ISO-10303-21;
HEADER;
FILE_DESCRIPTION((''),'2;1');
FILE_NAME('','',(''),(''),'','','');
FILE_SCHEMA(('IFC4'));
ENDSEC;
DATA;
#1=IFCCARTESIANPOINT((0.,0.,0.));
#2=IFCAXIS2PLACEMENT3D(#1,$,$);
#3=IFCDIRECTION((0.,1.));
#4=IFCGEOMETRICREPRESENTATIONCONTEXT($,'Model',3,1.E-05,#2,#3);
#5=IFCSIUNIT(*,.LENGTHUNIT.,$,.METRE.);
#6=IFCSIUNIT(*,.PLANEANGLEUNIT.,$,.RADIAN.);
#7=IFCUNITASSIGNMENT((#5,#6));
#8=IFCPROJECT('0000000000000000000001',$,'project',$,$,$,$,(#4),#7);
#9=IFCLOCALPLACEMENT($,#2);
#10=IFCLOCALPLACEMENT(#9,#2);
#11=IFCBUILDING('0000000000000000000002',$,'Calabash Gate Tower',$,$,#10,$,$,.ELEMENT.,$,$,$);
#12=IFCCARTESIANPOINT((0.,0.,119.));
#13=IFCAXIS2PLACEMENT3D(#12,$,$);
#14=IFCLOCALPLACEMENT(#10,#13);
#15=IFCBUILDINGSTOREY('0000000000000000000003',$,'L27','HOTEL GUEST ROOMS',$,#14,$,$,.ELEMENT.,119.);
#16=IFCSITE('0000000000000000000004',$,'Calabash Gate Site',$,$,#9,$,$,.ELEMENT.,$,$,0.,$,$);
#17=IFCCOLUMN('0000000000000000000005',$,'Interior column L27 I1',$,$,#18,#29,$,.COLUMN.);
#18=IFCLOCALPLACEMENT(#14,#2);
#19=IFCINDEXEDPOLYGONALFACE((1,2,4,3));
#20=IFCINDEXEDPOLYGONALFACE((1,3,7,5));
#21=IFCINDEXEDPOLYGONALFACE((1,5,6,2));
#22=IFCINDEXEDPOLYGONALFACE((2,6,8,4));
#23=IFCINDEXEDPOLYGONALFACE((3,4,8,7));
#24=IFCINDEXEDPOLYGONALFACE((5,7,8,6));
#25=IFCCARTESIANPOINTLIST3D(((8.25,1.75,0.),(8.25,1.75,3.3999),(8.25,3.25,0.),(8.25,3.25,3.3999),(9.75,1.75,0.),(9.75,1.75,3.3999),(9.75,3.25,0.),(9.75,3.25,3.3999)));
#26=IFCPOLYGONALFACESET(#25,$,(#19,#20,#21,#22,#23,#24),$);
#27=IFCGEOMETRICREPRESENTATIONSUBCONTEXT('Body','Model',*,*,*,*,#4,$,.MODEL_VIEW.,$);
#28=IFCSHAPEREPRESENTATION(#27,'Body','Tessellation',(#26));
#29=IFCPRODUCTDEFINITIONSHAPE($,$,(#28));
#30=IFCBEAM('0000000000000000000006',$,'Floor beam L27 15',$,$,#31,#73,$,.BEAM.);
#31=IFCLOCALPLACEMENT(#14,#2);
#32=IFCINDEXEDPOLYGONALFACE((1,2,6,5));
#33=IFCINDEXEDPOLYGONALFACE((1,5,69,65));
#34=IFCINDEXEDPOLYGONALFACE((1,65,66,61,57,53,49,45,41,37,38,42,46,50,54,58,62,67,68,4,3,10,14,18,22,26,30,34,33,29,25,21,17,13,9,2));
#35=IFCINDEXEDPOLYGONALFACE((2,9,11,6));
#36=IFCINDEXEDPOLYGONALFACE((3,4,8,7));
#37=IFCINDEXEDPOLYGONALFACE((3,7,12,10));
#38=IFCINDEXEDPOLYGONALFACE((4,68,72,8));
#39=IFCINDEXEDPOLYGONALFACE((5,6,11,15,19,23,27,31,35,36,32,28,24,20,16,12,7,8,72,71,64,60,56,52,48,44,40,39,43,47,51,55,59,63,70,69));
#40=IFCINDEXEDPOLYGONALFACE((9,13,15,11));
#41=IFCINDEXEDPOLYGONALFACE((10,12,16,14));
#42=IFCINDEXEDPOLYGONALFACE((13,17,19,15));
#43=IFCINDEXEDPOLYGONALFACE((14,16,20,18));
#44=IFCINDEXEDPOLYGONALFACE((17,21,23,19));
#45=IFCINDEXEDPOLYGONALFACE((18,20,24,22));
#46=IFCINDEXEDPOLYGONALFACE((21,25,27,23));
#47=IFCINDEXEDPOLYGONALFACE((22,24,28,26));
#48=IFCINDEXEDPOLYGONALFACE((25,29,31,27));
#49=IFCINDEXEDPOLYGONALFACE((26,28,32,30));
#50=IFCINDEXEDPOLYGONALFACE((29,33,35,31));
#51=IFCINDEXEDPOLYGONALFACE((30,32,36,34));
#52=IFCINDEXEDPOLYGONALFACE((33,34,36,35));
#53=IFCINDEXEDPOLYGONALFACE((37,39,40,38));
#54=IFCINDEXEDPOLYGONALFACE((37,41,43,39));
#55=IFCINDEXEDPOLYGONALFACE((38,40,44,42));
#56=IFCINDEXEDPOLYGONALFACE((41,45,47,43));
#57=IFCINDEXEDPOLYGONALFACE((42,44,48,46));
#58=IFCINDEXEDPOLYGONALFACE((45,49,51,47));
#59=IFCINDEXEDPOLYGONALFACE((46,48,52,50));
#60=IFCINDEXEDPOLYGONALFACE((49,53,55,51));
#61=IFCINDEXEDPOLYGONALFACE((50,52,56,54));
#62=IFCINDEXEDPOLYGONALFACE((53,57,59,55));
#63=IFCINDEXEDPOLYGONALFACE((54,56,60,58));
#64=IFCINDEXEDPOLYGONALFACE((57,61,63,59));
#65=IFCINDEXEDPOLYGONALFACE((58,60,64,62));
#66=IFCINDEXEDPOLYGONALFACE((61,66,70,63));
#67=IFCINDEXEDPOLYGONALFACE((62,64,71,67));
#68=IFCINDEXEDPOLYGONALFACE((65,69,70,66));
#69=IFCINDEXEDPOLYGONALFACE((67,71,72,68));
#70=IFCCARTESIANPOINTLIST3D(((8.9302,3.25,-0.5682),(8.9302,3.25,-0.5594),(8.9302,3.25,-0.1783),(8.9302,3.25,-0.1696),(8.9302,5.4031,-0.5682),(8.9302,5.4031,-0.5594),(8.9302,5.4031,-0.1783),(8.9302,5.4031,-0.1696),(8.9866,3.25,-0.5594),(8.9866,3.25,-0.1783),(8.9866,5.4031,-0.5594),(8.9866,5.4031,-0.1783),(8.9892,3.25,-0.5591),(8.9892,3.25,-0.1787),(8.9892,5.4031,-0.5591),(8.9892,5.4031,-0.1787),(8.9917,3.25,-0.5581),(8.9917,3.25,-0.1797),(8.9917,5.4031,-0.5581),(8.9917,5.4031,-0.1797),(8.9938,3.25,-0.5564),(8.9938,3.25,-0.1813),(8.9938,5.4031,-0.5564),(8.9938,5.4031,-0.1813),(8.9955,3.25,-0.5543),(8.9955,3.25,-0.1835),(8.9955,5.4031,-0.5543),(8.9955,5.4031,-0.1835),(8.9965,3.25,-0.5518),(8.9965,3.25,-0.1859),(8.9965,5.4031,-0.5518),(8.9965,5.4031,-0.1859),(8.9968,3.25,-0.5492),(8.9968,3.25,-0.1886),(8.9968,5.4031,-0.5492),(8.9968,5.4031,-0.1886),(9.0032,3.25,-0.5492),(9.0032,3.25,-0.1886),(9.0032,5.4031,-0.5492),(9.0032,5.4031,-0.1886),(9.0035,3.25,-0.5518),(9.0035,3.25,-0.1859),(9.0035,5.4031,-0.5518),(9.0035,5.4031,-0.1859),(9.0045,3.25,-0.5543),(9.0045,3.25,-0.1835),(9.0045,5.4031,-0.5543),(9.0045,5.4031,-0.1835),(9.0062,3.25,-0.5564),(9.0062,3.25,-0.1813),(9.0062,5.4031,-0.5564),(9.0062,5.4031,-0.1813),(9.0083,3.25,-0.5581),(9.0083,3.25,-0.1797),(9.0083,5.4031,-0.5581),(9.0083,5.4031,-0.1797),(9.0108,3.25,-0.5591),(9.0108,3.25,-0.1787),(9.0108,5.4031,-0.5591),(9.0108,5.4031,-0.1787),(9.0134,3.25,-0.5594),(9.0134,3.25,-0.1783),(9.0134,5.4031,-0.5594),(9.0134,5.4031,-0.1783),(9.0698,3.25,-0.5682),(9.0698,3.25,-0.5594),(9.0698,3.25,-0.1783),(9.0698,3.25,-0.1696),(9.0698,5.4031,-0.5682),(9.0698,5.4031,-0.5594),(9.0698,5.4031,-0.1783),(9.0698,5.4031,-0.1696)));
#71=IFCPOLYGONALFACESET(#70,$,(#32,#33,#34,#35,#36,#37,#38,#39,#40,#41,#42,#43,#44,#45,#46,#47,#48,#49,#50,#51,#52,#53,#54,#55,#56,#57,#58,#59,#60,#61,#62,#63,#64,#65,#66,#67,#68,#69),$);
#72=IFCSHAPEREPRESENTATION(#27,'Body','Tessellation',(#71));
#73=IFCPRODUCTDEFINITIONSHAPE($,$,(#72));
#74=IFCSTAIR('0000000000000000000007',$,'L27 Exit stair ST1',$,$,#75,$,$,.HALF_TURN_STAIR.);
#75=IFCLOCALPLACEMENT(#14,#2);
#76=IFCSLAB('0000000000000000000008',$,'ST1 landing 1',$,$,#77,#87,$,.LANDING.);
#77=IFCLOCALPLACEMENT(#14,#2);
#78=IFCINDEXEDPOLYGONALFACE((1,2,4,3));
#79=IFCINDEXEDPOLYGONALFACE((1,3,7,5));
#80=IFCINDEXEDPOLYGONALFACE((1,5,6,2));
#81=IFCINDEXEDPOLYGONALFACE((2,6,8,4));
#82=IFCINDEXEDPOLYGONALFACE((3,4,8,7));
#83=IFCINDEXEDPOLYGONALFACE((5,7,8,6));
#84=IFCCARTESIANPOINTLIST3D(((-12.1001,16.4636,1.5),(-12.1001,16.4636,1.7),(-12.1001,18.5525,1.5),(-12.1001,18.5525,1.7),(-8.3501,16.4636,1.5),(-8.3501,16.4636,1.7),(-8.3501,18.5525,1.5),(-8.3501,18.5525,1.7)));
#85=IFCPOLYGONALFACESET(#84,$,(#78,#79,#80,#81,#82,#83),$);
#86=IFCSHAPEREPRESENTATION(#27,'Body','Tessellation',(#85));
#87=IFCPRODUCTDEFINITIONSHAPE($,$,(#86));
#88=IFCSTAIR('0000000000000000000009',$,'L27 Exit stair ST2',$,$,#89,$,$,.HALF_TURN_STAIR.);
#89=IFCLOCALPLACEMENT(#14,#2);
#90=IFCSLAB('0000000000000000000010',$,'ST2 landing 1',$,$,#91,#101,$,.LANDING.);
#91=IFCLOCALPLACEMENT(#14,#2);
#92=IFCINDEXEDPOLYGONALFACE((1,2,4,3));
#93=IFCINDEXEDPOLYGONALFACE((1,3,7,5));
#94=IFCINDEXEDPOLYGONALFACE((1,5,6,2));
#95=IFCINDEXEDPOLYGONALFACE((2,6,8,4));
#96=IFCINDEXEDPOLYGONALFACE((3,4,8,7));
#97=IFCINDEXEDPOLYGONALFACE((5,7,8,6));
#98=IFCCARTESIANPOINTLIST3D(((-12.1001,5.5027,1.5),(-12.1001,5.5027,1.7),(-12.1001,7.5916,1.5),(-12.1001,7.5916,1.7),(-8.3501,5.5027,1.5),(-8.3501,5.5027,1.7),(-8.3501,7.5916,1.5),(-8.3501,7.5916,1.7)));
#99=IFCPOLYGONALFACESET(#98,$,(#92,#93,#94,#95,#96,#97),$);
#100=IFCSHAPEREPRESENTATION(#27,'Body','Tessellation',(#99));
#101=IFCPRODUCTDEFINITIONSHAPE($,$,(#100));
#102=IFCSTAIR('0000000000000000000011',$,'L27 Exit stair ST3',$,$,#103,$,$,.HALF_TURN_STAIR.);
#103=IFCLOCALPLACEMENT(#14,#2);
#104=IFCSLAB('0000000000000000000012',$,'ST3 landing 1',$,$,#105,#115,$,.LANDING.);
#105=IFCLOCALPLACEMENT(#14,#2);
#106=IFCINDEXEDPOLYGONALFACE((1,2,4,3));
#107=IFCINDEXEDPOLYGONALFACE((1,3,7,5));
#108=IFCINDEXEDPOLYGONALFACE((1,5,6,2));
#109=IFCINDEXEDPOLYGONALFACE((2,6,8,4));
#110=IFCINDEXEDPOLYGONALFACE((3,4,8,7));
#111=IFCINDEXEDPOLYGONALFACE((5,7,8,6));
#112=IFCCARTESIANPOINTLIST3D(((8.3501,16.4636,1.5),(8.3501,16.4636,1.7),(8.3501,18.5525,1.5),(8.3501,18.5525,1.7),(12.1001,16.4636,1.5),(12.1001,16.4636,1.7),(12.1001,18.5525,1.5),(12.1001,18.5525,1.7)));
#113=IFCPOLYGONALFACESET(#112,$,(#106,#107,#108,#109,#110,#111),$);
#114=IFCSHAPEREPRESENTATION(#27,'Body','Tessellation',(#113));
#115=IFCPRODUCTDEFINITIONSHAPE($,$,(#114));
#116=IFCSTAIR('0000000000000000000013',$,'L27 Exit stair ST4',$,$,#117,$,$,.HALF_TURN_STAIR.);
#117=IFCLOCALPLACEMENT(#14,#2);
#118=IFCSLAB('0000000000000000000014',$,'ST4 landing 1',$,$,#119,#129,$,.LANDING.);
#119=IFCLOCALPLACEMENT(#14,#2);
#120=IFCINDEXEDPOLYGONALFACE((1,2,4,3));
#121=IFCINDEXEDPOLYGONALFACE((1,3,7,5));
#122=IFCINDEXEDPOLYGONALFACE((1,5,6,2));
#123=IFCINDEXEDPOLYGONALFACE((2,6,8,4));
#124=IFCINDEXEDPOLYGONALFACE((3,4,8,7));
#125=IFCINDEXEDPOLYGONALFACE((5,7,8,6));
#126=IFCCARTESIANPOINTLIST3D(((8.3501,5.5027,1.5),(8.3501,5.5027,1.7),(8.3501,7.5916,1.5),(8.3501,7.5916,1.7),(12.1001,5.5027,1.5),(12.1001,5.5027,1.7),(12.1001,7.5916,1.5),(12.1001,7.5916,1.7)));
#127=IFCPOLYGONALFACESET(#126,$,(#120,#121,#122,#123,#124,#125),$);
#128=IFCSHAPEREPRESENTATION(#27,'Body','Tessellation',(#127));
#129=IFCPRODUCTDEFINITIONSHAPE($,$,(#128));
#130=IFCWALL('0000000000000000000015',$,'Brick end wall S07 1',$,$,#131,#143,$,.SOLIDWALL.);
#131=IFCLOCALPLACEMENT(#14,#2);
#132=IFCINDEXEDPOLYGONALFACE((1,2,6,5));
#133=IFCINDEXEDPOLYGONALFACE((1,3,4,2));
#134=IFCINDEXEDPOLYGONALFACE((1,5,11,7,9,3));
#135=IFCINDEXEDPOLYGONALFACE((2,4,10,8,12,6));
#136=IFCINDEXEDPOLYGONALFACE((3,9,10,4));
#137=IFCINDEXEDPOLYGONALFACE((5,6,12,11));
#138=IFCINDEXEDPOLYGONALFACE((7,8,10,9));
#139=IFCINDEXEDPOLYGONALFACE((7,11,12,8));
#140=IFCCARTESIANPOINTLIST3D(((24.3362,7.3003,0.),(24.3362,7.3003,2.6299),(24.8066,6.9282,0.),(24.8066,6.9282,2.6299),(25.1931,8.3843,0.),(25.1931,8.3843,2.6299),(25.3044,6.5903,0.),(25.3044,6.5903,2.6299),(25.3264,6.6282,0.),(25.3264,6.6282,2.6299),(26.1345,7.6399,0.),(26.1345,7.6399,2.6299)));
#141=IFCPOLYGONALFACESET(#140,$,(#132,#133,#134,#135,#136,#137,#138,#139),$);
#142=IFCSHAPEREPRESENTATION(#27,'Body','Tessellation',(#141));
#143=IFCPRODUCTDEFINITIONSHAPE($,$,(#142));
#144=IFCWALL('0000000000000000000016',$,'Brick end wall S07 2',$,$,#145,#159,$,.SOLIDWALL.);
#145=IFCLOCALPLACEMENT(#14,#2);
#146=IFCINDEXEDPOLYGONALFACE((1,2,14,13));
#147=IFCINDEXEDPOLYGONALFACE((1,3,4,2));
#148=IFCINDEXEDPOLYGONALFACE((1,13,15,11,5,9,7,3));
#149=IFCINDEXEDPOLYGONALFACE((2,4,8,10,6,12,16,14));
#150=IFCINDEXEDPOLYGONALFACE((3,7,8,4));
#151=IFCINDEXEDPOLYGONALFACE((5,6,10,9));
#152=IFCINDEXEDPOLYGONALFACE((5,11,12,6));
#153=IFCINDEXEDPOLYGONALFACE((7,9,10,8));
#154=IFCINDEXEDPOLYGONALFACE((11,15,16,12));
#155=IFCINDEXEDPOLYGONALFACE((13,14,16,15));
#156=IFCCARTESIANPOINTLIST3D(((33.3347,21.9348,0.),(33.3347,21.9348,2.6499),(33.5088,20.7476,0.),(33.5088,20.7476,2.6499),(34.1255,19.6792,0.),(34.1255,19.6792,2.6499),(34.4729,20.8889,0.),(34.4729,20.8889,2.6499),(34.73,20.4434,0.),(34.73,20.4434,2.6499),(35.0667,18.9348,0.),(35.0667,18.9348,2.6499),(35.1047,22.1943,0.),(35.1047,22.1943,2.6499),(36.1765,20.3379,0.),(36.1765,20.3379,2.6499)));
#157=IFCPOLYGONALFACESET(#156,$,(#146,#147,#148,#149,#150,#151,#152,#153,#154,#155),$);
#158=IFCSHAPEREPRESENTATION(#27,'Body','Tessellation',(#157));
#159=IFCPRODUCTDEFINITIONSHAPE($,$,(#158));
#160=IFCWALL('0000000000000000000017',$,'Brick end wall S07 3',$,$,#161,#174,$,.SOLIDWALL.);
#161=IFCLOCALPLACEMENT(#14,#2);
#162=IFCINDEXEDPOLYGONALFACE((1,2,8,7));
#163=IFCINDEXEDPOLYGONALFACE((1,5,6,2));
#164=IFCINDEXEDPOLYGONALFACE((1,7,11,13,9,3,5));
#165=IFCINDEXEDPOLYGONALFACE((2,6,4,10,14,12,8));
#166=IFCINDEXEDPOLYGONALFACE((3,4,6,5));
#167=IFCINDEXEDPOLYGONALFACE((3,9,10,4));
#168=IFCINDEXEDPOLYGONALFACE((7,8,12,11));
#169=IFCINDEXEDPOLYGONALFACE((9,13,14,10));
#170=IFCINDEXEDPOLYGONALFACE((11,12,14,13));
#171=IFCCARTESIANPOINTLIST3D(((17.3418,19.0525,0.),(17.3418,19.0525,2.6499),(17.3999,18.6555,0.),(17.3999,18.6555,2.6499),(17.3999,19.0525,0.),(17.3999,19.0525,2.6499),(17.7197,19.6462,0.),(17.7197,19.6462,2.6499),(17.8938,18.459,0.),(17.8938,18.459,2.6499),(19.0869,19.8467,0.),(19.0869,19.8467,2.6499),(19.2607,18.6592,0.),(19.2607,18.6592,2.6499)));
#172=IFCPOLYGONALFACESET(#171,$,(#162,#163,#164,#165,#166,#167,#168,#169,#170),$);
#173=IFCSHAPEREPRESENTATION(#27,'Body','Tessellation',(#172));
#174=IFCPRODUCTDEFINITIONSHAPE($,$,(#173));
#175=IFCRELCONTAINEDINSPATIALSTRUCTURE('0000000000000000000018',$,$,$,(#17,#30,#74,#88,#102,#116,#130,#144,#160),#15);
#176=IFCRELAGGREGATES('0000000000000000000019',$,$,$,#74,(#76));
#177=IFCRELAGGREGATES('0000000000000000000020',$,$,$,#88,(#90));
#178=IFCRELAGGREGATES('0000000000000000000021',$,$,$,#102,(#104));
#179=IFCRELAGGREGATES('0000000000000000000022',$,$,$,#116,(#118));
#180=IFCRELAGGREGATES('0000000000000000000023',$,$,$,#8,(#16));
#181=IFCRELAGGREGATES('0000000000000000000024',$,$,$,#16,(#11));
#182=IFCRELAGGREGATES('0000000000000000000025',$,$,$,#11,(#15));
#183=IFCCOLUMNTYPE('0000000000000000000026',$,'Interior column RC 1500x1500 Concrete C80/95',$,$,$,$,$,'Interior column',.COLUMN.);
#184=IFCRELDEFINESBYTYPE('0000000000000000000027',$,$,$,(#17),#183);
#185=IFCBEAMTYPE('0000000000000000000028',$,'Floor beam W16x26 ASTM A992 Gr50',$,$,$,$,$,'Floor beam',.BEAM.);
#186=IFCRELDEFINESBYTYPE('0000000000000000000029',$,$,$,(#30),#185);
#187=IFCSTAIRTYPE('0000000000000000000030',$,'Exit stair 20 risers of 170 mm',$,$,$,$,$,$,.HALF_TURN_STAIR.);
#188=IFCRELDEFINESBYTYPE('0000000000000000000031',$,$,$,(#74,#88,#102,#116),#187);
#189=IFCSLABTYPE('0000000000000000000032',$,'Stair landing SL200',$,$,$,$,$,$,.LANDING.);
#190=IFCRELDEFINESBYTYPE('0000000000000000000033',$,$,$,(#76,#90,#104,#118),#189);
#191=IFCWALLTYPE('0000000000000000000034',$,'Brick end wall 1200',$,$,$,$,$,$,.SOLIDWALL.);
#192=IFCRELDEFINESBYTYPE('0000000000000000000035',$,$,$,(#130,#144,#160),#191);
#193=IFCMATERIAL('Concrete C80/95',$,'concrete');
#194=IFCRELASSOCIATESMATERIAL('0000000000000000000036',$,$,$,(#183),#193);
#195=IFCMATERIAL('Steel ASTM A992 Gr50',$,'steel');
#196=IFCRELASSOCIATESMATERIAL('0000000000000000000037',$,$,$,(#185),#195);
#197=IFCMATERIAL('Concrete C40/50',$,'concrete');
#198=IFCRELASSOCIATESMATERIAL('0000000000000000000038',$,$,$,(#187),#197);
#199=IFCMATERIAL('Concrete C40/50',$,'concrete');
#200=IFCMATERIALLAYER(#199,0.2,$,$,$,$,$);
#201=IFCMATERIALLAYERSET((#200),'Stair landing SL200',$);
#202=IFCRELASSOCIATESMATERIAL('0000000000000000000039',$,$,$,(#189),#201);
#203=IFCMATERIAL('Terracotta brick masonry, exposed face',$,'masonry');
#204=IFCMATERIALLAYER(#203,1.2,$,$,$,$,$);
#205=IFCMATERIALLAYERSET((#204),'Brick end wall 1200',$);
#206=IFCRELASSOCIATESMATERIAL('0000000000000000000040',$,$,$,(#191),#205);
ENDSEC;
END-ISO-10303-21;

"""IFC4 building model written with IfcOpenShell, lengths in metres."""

from ifc_helpers import new_model, si_unit, direction, frame, origin, origin_2d, place, context, subcontext, project, spatial, polyline, rectangle, i_section, outline, extrude, material, layer, layer_set, material_profile, profile_set, type_object, element, aggregate, save


model = new_model("IFC4")

# Units and contexts
model_context = context("Model", 3, precision=1e-05, world=origin(), true_north=direction((0.0, 1.0)))
body_context = subcontext(model_context, "Body", "Model", "MODEL_VIEW")
ifc_project = project(units=[si_unit("LENGTHUNIT", "METRE"), si_unit("PLANEANGLEUNIT", "RADIAN")], contexts=[model_context])

# Site, building, storey
site_placement = place(None, origin())
site = spatial("IfcSite", under=ifc_project, at=site_placement, Name="Calabash Gate Site", CompositionType="ELEMENT", RefElevation=0.0)
building_placement = place(site_placement, origin())
building = spatial("IfcBuilding", under=site, at=building_placement, Name="Calabash Gate Tower", CompositionType="ELEMENT")
storey_placement = place(building_placement, frame((0.0, 0.0, 119.0)))
storey = spatial("IfcBuildingStorey", under=building, at=storey_placement, Name="L27", Description="HOTEL GUEST ROOMS", CompositionType="ELEMENT", Elevation=119.0)

# Column
ifc_material_1 = material(Name="Concrete C80/95", Category="concrete")
ifc_material_profile_1 = material_profile(ifc_material_1, rectangle(XDim=1.5, YDim=1.5, at=origin_2d()))
ifc_profile_set_1 = profile_set([ifc_material_profile_1], Name="Concrete C80/95")
column_type = type_object("IfcColumnType", Name="Interior column RC 1500x1500 Concrete C80/95", ElementType="Interior column", PredefinedType="COLUMN", material=ifc_profile_set_1)
column_placement = place(storey_placement, frame((9.0, 2.5, 0.0), z_axis=(0.0, 0.0, 1.0), x_axis=(1.0, 0.0, 0.0)))
element("IfcColumn", 1, at=column_placement, inside=storey, type_object=column_type, Name="Interior column L27 I1", PredefinedType="COLUMN", context=body_context, shape_type="SweptSolid", body=[
    extrude(rectangle(XDim=1.5, YDim=1.5, at=origin_2d()), origin(), (0.0, 0.0, 1.0), 3.3999),
])

# Beam
ifc_material_2 = material(Name="Steel ASTM A992 Gr50", Category="steel")
ifc_material_profile_2 = material_profile(ifc_material_2, i_section(OverallWidth=0.1396, OverallDepth=0.3987, WebThickness=0.0063, FlangeThickness=0.0088, FilletRadius=0.0103, at=origin_2d()))
ifc_profile_set_2 = profile_set([ifc_material_profile_2], Name="Steel ASTM A992 Gr50")
beam_type = type_object("IfcBeamType", Name="Floor beam W16x26 ASTM A992 Gr50", ElementType="Floor beam", PredefinedType="BEAM", material=ifc_profile_set_2)
beam_placement = place(storey_placement, frame((9.0, 3.25, -0.3689), z_axis=(0.0, 1.0, 0.0), x_axis=(-1.0, 0.0, 0.0)))
element("IfcBeam", 2, at=beam_placement, inside=storey, type_object=beam_type, Name="Floor beam L27 15", PredefinedType="BEAM", context=body_context, shape_type="SweptSolid", body=[
    extrude(i_section(OverallWidth=0.1396, OverallDepth=0.3987, WebThickness=0.0063, FlangeThickness=0.0088, FilletRadius=0.0103, at=origin_2d()), origin(), (0.0, 0.0, 1.0), 2.1531),
])

# Stairs, slabs
ifc_material_3 = material(Name="Concrete C40/50", Category="concrete")
stair_type = type_object("IfcStairType", Name="Exit stair 20 risers of 170 mm", PredefinedType="HALF_TURN_STAIR", material=ifc_material_3)
stair_1_placement = place(storey_placement, origin())
stair_1 = element("IfcStair", 3, at=stair_1_placement, inside=storey, type_object=stair_type, Name="L27 Exit stair ST1", PredefinedType="HALF_TURN_STAIR")
ifc_material_4 = material(Name="Concrete C40/50", Category="concrete")
ifc_layer_1 = layer(ifc_material_4, 0.2)
ifc_layer_set_1 = layer_set([ifc_layer_1], Name="Stair landing SL200")
slab_type = type_object("IfcSlabType", Name="Stair landing SL200", PredefinedType="LANDING", material=ifc_layer_set_1)
slab_1_placement = place(storey_placement, frame((0.0, 0.0, 1.5)))
slab_1 = element("IfcSlab", 4, at=slab_1_placement, type_object=slab_type, Name="ST1 landing 1", PredefinedType="LANDING", context=body_context, shape_type="SweptSolid", body=[
    extrude(outline(polyline([(-8.3501, 16.4636), (-8.3501, 18.5525), (-12.1001, 18.5525), (-12.1001, 16.4636), (-8.3501, 16.4636)])), origin(), (0.0, 0.0, 1.0), 0.2),
])
aggregate(stair_1, [slab_1])
stair_2_placement = place(storey_placement, origin())
stair_2 = element("IfcStair", 5, at=stair_2_placement, inside=storey, type_object=stair_type, Name="L27 Exit stair ST2", PredefinedType="HALF_TURN_STAIR")
slab_2_placement = place(storey_placement, frame((0.0, 0.0, 1.5)))
slab_2 = element("IfcSlab", 6, at=slab_2_placement, type_object=slab_type, Name="ST2 landing 1", PredefinedType="LANDING", context=body_context, shape_type="SweptSolid", body=[
    extrude(outline(polyline([(-12.1001, 7.5916), (-12.1001, 5.5027), (-8.3501, 5.5027), (-8.3501, 7.5916), (-12.1001, 7.5916)])), origin(), (0.0, 0.0, 1.0), 0.2),
])
aggregate(stair_2, [slab_2])
stair_3_placement = place(storey_placement, origin())
stair_3 = element("IfcStair", 7, at=stair_3_placement, inside=storey, type_object=stair_type, Name="L27 Exit stair ST3", PredefinedType="HALF_TURN_STAIR")
slab_3_placement = place(storey_placement, frame((0.0, 0.0, 1.5)))
slab_3 = element("IfcSlab", 8, at=slab_3_placement, type_object=slab_type, Name="ST3 landing 1", PredefinedType="LANDING", context=body_context, shape_type="SweptSolid", body=[
    extrude(outline(polyline([(12.1001, 16.4636), (12.1001, 18.5525), (8.3501, 18.5525), (8.3501, 16.4636), (12.1001, 16.4636)])), origin(), (0.0, 0.0, 1.0), 0.2),
])
aggregate(stair_3, [slab_3])
stair_4_placement = place(storey_placement, origin())
stair_4 = element("IfcStair", 9, at=stair_4_placement, inside=storey, type_object=stair_type, Name="L27 Exit stair ST4", PredefinedType="HALF_TURN_STAIR")
slab_4_placement = place(storey_placement, frame((0.0, 0.0, 1.5)))
slab_4 = element("IfcSlab", 10, at=slab_4_placement, type_object=slab_type, Name="ST4 landing 1", PredefinedType="LANDING", context=body_context, shape_type="SweptSolid", body=[
    extrude(outline(polyline([(8.3501, 7.5916), (8.3501, 5.5027), (12.1001, 5.5027), (12.1001, 7.5916), (8.3501, 7.5916)])), origin(), (0.0, 0.0, 1.0), 0.2),
])
aggregate(stair_4, [slab_4])

# Walls
ifc_material_5 = material(Name="Terracotta brick masonry, exposed face", Category="masonry")
ifc_layer_2 = layer(ifc_material_5, 1.2)
ifc_layer_set_2 = layer_set([ifc_layer_2], Name="Brick end wall 1200")
wall_type_1 = type_object("IfcWallType", Name="Brick end wall 1200", PredefinedType="SOLIDWALL", material=ifc_layer_set_2)
wall_1_placement = place(storey_placement, origin())
element("IfcWall", 11, at=wall_1_placement, inside=storey, type_object=wall_type_1, Name="Brick end wall S07 1", PredefinedType="SOLIDWALL", context=body_context, shape_type="SweptSolid", body=[
    extrude(outline(polyline([(25.1931, 8.3843), (24.3362, 7.3003), (24.8066, 6.9282), (25.3264, 6.6282), (25.3044, 6.5903), (26.1345, 7.6399), (25.1931, 8.3843)])), origin(), (0.0, 0.0, 1.0), 2.6299),
])
wall_2_placement = place(storey_placement, origin())
element("IfcWall", 12, at=wall_2_placement, inside=storey, type_object=wall_type_1, Name="Brick end wall S07 2", PredefinedType="SOLIDWALL", context=body_context, shape_type="SweptSolid", body=[
    extrude(outline(polyline([(35.0667, 18.9348), (36.1765, 20.3379), (35.1047, 22.1943), (33.3347, 21.9348), (33.5088, 20.7476), (34.4729, 20.8889), (34.73, 20.4434), (34.1255, 19.6792), (35.0667, 18.9348)])), origin(), (0.0, 0.0, 1.0), 2.6499),
])
wall_3_placement = place(storey_placement, origin())
element("IfcWall", 13, at=wall_3_placement, inside=storey, type_object=wall_type_1, Name="Brick end wall S07 3", PredefinedType="SOLIDWALL", context=body_context, shape_type="SweptSolid", body=[
    extrude(outline(polyline([(17.7197, 19.6462), (17.3418, 19.0525), (17.3999, 19.0525), (17.3999, 18.6555), (17.8938, 18.459), (19.2607, 18.6592), (19.0869, 19.8467), (17.7197, 19.6462)])), origin(), (0.0, 0.0, 1.0), 2.6499),
])

save(model, "model.ifc")
